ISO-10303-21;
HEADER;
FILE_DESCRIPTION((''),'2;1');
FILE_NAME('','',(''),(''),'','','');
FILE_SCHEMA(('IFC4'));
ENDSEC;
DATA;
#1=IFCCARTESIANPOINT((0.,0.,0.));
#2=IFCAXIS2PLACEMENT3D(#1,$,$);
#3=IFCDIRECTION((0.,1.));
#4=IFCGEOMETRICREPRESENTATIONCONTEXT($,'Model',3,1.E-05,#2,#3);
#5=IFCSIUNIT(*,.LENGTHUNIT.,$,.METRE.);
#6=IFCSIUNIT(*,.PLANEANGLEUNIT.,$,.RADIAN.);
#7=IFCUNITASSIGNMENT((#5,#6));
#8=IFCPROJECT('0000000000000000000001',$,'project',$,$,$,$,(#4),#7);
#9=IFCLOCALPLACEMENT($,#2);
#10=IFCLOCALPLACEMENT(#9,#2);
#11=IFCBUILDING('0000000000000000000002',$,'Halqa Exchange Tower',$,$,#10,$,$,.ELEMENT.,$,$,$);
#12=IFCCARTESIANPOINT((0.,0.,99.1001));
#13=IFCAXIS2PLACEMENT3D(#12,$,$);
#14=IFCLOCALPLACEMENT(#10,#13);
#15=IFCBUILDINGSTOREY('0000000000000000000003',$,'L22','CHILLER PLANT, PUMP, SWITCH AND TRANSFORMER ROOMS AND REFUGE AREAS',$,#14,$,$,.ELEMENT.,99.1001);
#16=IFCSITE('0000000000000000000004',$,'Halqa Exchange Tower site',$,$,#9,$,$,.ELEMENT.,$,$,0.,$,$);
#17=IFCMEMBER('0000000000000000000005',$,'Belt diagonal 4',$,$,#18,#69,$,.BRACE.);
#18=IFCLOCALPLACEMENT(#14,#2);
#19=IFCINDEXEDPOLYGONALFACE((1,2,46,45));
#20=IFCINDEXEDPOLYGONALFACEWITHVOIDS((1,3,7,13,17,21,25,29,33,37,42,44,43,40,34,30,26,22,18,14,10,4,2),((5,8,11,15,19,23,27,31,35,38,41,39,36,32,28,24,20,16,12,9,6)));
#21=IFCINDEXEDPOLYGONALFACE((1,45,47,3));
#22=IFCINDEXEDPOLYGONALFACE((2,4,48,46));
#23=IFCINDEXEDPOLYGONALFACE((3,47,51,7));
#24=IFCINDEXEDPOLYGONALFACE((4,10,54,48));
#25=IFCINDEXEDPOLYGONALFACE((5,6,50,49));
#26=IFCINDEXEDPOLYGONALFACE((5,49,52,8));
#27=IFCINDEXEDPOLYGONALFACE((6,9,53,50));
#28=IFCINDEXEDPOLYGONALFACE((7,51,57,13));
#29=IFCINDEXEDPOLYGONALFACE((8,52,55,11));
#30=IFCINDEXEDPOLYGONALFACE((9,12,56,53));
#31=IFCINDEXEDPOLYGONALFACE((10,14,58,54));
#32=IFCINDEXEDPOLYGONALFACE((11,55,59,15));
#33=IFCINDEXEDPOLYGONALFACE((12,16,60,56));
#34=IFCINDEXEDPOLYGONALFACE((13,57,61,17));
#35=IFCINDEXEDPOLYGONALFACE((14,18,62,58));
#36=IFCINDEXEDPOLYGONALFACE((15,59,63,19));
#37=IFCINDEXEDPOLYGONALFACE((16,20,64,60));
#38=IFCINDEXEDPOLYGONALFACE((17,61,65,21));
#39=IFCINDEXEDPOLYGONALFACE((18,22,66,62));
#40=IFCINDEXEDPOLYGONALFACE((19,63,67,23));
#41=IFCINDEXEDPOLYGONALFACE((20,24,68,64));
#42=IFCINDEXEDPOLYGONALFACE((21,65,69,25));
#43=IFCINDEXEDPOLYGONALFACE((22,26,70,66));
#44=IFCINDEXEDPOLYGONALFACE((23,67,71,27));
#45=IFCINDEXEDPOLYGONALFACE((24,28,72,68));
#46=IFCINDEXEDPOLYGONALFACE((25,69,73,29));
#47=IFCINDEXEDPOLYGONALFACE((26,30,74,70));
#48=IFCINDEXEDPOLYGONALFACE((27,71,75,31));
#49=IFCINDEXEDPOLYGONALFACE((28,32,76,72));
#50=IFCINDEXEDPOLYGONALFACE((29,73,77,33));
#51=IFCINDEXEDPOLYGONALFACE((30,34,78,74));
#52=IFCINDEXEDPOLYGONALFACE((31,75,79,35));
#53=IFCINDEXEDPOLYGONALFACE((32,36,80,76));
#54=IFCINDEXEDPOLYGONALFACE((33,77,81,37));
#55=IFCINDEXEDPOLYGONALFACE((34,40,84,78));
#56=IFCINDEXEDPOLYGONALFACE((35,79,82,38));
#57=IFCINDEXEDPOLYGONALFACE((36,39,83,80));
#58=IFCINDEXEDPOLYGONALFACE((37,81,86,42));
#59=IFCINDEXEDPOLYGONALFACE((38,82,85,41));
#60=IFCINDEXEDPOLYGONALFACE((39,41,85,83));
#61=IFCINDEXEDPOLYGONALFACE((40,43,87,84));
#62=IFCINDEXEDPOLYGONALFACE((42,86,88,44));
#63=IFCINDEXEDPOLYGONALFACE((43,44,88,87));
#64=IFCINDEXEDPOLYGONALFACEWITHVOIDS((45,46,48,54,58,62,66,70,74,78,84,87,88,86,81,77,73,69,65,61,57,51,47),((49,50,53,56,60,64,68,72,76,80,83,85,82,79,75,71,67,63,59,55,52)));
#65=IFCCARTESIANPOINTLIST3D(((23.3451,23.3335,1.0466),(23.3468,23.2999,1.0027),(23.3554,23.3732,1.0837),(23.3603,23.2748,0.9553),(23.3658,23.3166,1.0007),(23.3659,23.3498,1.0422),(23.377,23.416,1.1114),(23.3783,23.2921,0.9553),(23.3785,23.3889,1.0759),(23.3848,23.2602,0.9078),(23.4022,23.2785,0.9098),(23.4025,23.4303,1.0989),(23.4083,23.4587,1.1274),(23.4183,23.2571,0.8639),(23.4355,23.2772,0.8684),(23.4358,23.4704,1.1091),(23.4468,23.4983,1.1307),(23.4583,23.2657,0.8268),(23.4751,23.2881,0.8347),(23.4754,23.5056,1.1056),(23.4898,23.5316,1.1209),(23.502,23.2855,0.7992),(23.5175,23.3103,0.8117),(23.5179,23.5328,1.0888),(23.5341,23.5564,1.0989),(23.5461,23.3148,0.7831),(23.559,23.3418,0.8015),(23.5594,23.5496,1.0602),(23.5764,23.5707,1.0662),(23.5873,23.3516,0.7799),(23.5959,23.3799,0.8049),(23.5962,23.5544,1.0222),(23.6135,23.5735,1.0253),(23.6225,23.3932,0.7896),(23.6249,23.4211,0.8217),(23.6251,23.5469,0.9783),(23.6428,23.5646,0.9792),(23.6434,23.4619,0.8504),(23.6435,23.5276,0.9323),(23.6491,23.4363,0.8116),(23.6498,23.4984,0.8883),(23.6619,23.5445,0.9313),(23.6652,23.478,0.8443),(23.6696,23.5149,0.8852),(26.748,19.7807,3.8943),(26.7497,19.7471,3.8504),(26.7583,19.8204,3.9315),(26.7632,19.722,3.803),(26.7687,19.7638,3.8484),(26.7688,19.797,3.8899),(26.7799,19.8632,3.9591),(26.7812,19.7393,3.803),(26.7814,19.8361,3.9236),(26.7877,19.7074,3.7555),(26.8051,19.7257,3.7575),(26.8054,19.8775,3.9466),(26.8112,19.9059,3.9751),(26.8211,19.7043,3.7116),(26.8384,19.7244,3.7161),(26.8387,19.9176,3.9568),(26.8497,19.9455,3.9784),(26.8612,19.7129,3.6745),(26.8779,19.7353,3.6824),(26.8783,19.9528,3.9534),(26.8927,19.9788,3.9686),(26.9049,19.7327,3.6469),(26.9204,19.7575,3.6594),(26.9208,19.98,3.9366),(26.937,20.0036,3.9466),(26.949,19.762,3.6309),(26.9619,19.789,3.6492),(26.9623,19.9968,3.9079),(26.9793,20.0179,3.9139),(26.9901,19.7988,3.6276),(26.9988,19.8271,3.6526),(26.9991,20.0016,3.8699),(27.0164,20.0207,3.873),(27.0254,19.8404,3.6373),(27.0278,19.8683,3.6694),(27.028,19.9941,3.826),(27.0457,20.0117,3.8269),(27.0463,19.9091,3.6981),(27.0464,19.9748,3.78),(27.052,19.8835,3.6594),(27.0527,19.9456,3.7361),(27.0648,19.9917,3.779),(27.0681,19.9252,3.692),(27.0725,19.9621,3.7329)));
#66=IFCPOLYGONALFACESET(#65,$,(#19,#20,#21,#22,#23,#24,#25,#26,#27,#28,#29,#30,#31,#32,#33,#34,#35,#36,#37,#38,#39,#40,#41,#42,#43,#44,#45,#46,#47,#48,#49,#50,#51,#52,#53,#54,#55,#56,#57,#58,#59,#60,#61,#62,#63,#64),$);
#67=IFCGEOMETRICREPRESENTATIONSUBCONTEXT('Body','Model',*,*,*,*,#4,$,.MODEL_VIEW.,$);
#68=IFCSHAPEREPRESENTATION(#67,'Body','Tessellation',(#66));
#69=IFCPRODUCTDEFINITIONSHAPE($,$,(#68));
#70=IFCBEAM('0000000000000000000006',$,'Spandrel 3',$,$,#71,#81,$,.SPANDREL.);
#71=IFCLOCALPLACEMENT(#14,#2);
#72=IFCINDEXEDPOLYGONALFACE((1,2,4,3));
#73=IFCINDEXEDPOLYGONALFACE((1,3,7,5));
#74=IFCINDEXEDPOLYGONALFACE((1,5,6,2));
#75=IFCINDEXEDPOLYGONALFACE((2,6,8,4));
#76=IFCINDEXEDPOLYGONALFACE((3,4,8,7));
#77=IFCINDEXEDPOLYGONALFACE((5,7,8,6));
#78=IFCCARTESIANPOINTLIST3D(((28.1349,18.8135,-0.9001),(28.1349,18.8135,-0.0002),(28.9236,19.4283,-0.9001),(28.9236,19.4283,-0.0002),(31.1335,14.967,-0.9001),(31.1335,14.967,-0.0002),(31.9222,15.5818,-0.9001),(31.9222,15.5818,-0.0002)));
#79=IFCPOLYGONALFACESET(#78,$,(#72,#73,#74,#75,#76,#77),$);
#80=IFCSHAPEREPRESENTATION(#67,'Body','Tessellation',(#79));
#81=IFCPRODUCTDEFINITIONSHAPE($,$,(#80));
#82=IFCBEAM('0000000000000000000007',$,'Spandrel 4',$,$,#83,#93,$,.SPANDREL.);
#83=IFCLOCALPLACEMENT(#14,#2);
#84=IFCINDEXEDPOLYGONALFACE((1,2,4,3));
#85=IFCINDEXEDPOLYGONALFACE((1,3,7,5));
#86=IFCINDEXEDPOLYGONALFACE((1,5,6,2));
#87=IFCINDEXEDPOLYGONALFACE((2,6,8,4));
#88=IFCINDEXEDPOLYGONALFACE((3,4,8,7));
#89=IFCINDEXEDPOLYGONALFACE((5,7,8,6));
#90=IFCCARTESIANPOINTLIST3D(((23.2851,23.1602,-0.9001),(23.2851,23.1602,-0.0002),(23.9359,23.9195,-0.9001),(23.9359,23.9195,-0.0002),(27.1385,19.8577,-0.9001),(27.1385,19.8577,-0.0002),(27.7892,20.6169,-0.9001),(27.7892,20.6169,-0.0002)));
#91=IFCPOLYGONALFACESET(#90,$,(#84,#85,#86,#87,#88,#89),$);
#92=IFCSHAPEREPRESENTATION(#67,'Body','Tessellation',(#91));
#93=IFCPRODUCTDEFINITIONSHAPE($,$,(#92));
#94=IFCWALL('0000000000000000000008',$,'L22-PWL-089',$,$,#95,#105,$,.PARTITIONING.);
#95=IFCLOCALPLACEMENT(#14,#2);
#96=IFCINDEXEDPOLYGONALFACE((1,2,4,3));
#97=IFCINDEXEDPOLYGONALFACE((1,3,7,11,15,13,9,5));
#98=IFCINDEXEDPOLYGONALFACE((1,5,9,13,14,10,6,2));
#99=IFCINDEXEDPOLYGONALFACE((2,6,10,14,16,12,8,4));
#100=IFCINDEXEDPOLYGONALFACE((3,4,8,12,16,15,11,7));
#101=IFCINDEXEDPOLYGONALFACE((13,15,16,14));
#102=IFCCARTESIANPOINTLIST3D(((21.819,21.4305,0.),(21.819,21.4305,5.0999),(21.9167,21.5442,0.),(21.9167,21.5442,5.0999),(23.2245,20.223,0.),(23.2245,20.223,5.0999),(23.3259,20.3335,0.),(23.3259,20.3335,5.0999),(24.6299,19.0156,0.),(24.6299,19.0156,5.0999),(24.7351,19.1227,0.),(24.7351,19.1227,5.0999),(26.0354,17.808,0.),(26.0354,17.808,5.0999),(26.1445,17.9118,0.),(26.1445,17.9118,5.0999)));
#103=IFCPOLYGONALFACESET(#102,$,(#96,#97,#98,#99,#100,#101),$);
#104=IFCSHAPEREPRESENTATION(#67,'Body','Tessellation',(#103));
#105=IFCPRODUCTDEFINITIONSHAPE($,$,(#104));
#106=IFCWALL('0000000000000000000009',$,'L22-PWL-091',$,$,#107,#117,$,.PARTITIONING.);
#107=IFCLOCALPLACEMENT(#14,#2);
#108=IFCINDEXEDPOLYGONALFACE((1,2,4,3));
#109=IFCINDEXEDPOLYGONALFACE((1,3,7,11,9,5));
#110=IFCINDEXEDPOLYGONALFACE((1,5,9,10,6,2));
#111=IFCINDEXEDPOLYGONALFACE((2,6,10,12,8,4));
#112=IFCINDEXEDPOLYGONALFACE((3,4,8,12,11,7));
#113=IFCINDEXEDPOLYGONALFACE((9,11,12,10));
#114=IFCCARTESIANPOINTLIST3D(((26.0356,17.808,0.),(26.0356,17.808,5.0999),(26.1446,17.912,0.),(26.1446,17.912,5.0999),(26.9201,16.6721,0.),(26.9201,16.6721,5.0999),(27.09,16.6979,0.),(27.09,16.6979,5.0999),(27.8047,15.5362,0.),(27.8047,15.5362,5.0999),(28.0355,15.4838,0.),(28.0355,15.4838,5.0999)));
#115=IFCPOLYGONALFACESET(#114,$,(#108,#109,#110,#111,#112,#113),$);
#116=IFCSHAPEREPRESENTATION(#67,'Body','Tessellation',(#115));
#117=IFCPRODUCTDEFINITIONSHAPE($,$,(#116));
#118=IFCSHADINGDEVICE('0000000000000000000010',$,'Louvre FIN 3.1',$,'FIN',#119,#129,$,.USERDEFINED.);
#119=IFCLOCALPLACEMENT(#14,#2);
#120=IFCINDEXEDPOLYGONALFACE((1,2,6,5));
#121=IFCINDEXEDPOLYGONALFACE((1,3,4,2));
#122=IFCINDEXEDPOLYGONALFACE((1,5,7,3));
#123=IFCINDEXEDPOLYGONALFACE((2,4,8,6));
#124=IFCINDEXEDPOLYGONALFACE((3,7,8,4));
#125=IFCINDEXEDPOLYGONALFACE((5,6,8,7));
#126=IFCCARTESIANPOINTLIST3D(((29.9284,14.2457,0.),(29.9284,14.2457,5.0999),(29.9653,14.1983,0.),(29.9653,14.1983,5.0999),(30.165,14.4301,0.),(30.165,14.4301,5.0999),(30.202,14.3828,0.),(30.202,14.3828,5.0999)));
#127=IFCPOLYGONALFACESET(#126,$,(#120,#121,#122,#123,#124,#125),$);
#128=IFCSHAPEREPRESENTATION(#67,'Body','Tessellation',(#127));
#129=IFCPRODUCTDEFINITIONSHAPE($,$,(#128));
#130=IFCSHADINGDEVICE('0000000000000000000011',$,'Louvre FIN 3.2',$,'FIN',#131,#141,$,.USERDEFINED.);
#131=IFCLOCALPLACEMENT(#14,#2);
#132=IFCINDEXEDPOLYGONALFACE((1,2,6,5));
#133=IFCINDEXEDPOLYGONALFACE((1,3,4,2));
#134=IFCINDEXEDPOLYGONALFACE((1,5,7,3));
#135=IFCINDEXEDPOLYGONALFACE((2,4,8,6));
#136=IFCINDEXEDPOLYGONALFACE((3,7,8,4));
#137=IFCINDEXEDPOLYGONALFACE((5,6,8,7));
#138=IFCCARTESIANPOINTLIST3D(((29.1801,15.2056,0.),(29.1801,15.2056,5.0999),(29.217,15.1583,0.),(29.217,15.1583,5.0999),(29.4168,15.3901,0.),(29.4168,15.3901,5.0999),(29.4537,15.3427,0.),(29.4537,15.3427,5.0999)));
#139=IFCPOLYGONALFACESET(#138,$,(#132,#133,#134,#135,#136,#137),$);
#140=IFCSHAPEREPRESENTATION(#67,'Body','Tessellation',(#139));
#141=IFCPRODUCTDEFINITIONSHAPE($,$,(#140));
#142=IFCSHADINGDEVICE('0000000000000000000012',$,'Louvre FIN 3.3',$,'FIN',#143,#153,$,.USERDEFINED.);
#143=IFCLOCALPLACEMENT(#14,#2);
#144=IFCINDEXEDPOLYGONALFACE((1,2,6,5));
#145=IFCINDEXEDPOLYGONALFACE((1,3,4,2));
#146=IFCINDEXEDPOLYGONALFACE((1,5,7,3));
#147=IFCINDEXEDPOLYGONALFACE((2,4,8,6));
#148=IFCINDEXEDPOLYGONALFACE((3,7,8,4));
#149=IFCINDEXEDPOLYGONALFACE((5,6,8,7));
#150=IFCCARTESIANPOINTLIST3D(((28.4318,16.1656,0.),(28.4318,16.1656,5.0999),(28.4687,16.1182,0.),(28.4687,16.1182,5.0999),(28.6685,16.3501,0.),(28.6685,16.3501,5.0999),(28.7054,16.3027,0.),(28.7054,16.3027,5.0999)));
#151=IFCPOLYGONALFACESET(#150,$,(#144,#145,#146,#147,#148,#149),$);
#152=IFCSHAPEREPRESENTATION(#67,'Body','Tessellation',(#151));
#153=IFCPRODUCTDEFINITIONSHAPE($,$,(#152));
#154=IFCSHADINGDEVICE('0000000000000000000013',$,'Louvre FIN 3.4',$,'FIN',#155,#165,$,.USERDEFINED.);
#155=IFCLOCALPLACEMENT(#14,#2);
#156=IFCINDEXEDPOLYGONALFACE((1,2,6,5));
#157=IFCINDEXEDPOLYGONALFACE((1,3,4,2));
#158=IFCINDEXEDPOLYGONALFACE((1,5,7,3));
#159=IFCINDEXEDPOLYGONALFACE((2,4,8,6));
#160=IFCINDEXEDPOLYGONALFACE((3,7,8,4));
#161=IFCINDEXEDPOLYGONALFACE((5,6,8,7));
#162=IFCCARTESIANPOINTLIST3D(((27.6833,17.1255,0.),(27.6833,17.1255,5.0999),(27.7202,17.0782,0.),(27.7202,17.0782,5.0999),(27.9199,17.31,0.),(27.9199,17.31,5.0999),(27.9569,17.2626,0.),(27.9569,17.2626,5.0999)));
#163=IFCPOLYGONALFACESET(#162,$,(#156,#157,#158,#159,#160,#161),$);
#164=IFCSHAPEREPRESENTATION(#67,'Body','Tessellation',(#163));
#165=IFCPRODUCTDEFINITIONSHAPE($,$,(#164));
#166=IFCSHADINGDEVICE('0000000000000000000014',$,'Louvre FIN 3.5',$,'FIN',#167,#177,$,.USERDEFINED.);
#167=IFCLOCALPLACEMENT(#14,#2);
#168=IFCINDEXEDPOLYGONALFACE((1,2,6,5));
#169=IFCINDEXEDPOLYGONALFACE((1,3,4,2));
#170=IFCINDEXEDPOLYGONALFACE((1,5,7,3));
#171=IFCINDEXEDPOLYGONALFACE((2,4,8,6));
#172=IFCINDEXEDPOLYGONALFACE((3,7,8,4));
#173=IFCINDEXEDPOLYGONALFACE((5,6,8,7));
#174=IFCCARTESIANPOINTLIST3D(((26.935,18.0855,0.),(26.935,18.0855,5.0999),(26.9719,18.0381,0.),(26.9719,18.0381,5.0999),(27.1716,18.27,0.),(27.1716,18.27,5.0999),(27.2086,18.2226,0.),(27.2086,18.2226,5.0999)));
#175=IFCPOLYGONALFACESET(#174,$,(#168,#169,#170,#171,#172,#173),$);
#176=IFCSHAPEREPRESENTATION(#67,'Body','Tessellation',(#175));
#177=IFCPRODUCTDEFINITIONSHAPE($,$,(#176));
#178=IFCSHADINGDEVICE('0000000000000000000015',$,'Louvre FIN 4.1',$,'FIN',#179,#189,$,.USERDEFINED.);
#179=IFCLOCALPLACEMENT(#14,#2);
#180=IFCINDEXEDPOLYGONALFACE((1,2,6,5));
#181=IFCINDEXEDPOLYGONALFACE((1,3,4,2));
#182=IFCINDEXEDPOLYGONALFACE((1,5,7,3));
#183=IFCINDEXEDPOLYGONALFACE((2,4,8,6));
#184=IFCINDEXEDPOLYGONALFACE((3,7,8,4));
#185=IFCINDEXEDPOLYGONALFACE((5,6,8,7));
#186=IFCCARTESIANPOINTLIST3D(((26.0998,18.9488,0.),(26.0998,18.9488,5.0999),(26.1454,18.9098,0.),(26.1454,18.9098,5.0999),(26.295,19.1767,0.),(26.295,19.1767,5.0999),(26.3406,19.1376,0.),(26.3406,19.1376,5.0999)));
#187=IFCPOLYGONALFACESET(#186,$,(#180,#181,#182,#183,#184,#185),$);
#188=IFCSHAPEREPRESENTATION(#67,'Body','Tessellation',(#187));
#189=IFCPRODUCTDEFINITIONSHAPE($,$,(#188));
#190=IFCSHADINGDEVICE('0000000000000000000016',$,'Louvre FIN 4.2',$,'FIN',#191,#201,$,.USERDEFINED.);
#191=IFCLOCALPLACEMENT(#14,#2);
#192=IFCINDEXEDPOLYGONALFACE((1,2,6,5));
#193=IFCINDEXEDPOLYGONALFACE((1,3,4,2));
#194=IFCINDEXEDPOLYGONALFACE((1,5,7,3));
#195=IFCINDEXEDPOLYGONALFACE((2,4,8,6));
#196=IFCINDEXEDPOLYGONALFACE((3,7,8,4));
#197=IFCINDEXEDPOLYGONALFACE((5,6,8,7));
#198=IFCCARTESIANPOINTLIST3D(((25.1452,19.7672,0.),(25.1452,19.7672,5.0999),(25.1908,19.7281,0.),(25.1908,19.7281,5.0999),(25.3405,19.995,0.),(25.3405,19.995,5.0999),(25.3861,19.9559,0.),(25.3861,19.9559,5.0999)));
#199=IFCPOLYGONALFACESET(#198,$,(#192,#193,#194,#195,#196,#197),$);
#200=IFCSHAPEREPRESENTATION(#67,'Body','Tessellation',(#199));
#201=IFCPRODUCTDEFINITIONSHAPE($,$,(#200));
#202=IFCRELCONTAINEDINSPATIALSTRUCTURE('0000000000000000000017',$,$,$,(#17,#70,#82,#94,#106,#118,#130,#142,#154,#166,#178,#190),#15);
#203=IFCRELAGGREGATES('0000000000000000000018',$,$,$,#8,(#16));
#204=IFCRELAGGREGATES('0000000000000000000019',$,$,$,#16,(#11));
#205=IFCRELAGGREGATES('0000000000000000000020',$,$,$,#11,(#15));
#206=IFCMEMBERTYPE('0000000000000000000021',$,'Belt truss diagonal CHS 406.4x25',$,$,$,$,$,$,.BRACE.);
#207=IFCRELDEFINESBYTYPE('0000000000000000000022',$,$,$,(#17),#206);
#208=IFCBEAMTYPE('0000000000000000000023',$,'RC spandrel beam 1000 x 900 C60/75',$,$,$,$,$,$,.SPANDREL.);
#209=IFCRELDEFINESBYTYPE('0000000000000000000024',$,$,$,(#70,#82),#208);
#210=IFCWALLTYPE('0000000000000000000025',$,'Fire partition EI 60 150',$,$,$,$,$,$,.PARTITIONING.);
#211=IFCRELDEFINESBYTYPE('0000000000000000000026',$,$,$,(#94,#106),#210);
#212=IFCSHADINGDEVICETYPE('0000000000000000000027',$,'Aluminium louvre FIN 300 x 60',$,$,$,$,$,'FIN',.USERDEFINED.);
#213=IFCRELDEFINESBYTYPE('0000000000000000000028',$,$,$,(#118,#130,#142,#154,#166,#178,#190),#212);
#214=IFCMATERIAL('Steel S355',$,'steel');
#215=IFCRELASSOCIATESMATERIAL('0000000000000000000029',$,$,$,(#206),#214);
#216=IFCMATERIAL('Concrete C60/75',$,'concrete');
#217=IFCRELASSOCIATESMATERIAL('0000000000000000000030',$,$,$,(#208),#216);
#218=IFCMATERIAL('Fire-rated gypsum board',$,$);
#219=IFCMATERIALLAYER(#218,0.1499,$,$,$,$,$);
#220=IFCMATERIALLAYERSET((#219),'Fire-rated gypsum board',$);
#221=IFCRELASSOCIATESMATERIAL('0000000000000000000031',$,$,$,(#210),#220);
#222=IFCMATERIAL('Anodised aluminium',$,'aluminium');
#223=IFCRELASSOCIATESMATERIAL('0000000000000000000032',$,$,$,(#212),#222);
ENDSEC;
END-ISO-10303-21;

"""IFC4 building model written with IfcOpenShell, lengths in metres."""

from ifc_helpers import new_model, si_unit, direction, frame, origin, origin_2d, place, context, subcontext, project, spatial, polyline, rectangle, hollow_circle, outline, extrude, material, layer, layer_set, material_profile, profile_set, type_object, element, save


model = new_model("IFC4")

# Units and contexts
model_context = context("Model", 3, precision=1e-05, world=origin(), true_north=direction((0.0, 1.0)))
body_context = subcontext(model_context, "Body", "Model", "MODEL_VIEW")
ifc_project = project(units=[si_unit("LENGTHUNIT", "METRE"), si_unit("PLANEANGLEUNIT", "RADIAN")], contexts=[model_context])

# Site, building, storey
site_placement = place(None, origin())
site = spatial("IfcSite", under=ifc_project, at=site_placement, Name="Halqa Exchange Tower site", CompositionType="ELEMENT", RefElevation=0.0)
building_placement = place(site_placement, origin())
building = spatial("IfcBuilding", under=site, at=building_placement, Name="Halqa Exchange Tower", CompositionType="ELEMENT")
storey_placement = place(building_placement, frame((0.0, 0.0, 99.1001)))
storey = spatial("IfcBuildingStorey", under=building, at=storey_placement, Name="L22", Description="CHILLER PLANT, PUMP, SWITCH AND TRANSFORMER ROOMS AND REFUGE AREAS", CompositionType="ELEMENT", Elevation=99.1001)

# Member
ifc_material_1 = material(Name="Steel S355", Category="steel")
ifc_material_profile_1 = material_profile(ifc_material_1, hollow_circle(Radius=0.2031, WallThickness=0.0249, at=origin_2d()), Name="CHS 406.4x25")
ifc_profile_set_1 = profile_set([ifc_material_profile_1], Name="Steel S355")
member_type_1 = type_object("IfcMemberType", Name="Belt truss diagonal CHS 406.4x25", PredefinedType="BRACE", material=ifc_profile_set_1)
member_1_placement = place(storey_placement, frame((26.9099, 19.8625, 3.803), z_axis=(-0.598646, 0.625017, -0.500976), x_axis=(-0.722178, -0.691707, 0.0)))
element("IfcMember", 1, at=member_1_placement, inside=storey, type_object=member_type_1, Name="Belt diagonal 4", PredefinedType="BRACE", context=body_context, shape_type="SweptSolid", body=[
    extrude(hollow_circle(Radius=0.2031, WallThickness=0.0249, at=origin_2d()), origin(), (0.0, 0.0, 1.0), 5.6843),
])

# Beams
ifc_material_2 = material(Name="Concrete C60/75", Category="concrete")
ifc_material_profile_2 = material_profile(ifc_material_2, rectangle(XDim=1.0, YDim=0.8999, at=origin_2d()), Name="1000 x 900")
ifc_profile_set_2 = profile_set([ifc_material_profile_2], Name="Concrete C60/75")
beam_type = type_object("IfcBeamType", Name="RC spandrel beam 1000 x 900 C60/75", PredefinedType="SPANDREL", material=ifc_profile_set_2)
beam_1_placement = place(storey_placement, frame((31.5278, 15.2744, -0.4502), z_axis=(-0.614817, 0.78867, 0.0), x_axis=(-0.78867, -0.614817, 0.0)))
element("IfcBeam", 2, at=beam_1_placement, inside=storey, type_object=beam_type, Name="Spandrel 3", PredefinedType="SPANDREL", context=body_context, shape_type="SweptSolid", body=[
    extrude(rectangle(XDim=1.0, YDim=0.8999, at=origin_2d()), origin(), (0.0, 0.0, 1.0), 4.8772),
])
beam_2_placement = place(storey_placement, frame((27.4639, 20.2373, -0.4502), z_axis=(-0.759287, 0.650756, 0.0), x_axis=(-0.650756, -0.759287, 0.0)))
element("IfcBeam", 3, at=beam_2_placement, inside=storey, type_object=beam_type, Name="Spandrel 4", PredefinedType="SPANDREL", context=body_context, shape_type="SweptSolid", body=[
    extrude(rectangle(XDim=1.0, YDim=0.8999, at=origin_2d()), origin(), (0.0, 0.0, 1.0), 5.075),
])

# Walls
ifc_material_3 = material(Name="Fire-rated gypsum board")
ifc_layer_1 = layer(ifc_material_3, 0.1499)
ifc_layer_set_1 = layer_set([ifc_layer_1], Name="Fire-rated gypsum board")
wall_type = type_object("IfcWallType", Name="Fire partition EI 60 150", PredefinedType="PARTITIONING", material=ifc_layer_set_1)
wall_1_placement = place(storey_placement, frame((26.0957, 17.855, 0.0), z_axis=(0.0, 0.0, 1.0), x_axis=(-0.758502, 0.651671, 0.0)))
element("IfcWall", 4, at=wall_1_placement, inside=storey, type_object=wall_type, Name="L22-PWL-089", PredefinedType="PARTITIONING", context=body_context, shape_type="SweptSolid", body=[
    extrude(outline(polyline([(5.574, 0.075), (3.7209, 0.075), (1.8682, 0.075), (0.0151, 0.075), (0.0, -0.075), (1.8582, -0.075), (3.7161, -0.075), (5.574, -0.075), (5.574, 0.075)])), origin(), (0.0, 0.0, 1.0), 5.0999),
])
wall_2_placement = place(storey_placement, frame((27.9763, 15.4377, 0.0), z_axis=(0.0, 0.0, 1.0), x_axis=(-0.614396, 0.788998, 0.0)))
element("IfcWall", 5, at=wall_2_placement, inside=storey, type_object=wall_type, Name="L22-PWL-091", PredefinedType="PARTITIONING", context=body_context, shape_type="SweptSolid", body=[
    extrude(outline(polyline([(0.0, -0.075), (1.5388, -0.075), (3.0776, -0.075), (3.0625, 0.075), (1.6228, 0.075), (0.1831, 0.075), (0.0, -0.075)])), origin(), (0.0, 0.0, 1.0), 5.0999),
])

# Shading devices
ifc_material_4 = material(Name="Anodised aluminium", Category="aluminium")
ifc_material_profile_3 = material_profile(ifc_material_4, rectangle(XDim=0.3, YDim=0.0601, at=origin_2d()), Name="AL FIN 300x60")
ifc_profile_set_3 = profile_set([ifc_material_profile_3], Name="Anodised aluminium")
shading_device_type = type_object("IfcShadingDeviceType", Name="Aluminium louvre FIN 300 x 60", ElementType="FIN", PredefinedType="USERDEFINED", material=ifc_profile_set_3)
for number, where, z_axis, x_axis, name in (
    (6, (30.0652, 14.3142, 0.0), (0.0, 0.0, 1.0), (-0.788675, -0.61481, 0.0), "Louvre FIN 3.1"),
    (7, (29.3169, 15.2742, 0.0), (0.0, 0.0, 1.0), (-0.788675, -0.61481, 0.0), "Louvre FIN 3.2"),
    (8, (28.5686, 16.2341, 0.0), (0.0, 0.0, 1.0), (-0.788675, -0.61481, 0.0), "Louvre FIN 3.3"),
    (9, (27.8201, 17.1941, 0.0), (0.0, 0.0, 1.0), (-0.788675, -0.61481, 0.0), "Louvre FIN 3.4"),
    (10, (27.0718, 18.1541, 0.0), (0.0, 0.0, 1.0), (-0.788675, -0.61481, 0.0), "Louvre FIN 3.5"),
    (11, (26.2202, 19.0432, 0.0), (0.0, 0.0, 1.0), (-0.650785, -0.759262, 0.0), "Louvre FIN 4.1"),
    (12, (25.2656, 19.8616, 0.0), (0.0, 0.0, 1.0), (-0.650785, -0.759262, 0.0), "Louvre FIN 4.2"),
):
    element("IfcShadingDevice", number, at=place(storey_placement, frame(where, z_axis=z_axis, x_axis=x_axis)), inside=storey, type_object=shading_device_type, Name=name, ObjectType="FIN", PredefinedType="USERDEFINED", context=body_context, shape_type="SweptSolid", body=[
        extrude(rectangle(XDim=0.3, YDim=0.0601, at=origin_2d()), origin(), (0.0, 0.0, 1.0), 5.0999),
    ])

save(model, "model.ifc")
